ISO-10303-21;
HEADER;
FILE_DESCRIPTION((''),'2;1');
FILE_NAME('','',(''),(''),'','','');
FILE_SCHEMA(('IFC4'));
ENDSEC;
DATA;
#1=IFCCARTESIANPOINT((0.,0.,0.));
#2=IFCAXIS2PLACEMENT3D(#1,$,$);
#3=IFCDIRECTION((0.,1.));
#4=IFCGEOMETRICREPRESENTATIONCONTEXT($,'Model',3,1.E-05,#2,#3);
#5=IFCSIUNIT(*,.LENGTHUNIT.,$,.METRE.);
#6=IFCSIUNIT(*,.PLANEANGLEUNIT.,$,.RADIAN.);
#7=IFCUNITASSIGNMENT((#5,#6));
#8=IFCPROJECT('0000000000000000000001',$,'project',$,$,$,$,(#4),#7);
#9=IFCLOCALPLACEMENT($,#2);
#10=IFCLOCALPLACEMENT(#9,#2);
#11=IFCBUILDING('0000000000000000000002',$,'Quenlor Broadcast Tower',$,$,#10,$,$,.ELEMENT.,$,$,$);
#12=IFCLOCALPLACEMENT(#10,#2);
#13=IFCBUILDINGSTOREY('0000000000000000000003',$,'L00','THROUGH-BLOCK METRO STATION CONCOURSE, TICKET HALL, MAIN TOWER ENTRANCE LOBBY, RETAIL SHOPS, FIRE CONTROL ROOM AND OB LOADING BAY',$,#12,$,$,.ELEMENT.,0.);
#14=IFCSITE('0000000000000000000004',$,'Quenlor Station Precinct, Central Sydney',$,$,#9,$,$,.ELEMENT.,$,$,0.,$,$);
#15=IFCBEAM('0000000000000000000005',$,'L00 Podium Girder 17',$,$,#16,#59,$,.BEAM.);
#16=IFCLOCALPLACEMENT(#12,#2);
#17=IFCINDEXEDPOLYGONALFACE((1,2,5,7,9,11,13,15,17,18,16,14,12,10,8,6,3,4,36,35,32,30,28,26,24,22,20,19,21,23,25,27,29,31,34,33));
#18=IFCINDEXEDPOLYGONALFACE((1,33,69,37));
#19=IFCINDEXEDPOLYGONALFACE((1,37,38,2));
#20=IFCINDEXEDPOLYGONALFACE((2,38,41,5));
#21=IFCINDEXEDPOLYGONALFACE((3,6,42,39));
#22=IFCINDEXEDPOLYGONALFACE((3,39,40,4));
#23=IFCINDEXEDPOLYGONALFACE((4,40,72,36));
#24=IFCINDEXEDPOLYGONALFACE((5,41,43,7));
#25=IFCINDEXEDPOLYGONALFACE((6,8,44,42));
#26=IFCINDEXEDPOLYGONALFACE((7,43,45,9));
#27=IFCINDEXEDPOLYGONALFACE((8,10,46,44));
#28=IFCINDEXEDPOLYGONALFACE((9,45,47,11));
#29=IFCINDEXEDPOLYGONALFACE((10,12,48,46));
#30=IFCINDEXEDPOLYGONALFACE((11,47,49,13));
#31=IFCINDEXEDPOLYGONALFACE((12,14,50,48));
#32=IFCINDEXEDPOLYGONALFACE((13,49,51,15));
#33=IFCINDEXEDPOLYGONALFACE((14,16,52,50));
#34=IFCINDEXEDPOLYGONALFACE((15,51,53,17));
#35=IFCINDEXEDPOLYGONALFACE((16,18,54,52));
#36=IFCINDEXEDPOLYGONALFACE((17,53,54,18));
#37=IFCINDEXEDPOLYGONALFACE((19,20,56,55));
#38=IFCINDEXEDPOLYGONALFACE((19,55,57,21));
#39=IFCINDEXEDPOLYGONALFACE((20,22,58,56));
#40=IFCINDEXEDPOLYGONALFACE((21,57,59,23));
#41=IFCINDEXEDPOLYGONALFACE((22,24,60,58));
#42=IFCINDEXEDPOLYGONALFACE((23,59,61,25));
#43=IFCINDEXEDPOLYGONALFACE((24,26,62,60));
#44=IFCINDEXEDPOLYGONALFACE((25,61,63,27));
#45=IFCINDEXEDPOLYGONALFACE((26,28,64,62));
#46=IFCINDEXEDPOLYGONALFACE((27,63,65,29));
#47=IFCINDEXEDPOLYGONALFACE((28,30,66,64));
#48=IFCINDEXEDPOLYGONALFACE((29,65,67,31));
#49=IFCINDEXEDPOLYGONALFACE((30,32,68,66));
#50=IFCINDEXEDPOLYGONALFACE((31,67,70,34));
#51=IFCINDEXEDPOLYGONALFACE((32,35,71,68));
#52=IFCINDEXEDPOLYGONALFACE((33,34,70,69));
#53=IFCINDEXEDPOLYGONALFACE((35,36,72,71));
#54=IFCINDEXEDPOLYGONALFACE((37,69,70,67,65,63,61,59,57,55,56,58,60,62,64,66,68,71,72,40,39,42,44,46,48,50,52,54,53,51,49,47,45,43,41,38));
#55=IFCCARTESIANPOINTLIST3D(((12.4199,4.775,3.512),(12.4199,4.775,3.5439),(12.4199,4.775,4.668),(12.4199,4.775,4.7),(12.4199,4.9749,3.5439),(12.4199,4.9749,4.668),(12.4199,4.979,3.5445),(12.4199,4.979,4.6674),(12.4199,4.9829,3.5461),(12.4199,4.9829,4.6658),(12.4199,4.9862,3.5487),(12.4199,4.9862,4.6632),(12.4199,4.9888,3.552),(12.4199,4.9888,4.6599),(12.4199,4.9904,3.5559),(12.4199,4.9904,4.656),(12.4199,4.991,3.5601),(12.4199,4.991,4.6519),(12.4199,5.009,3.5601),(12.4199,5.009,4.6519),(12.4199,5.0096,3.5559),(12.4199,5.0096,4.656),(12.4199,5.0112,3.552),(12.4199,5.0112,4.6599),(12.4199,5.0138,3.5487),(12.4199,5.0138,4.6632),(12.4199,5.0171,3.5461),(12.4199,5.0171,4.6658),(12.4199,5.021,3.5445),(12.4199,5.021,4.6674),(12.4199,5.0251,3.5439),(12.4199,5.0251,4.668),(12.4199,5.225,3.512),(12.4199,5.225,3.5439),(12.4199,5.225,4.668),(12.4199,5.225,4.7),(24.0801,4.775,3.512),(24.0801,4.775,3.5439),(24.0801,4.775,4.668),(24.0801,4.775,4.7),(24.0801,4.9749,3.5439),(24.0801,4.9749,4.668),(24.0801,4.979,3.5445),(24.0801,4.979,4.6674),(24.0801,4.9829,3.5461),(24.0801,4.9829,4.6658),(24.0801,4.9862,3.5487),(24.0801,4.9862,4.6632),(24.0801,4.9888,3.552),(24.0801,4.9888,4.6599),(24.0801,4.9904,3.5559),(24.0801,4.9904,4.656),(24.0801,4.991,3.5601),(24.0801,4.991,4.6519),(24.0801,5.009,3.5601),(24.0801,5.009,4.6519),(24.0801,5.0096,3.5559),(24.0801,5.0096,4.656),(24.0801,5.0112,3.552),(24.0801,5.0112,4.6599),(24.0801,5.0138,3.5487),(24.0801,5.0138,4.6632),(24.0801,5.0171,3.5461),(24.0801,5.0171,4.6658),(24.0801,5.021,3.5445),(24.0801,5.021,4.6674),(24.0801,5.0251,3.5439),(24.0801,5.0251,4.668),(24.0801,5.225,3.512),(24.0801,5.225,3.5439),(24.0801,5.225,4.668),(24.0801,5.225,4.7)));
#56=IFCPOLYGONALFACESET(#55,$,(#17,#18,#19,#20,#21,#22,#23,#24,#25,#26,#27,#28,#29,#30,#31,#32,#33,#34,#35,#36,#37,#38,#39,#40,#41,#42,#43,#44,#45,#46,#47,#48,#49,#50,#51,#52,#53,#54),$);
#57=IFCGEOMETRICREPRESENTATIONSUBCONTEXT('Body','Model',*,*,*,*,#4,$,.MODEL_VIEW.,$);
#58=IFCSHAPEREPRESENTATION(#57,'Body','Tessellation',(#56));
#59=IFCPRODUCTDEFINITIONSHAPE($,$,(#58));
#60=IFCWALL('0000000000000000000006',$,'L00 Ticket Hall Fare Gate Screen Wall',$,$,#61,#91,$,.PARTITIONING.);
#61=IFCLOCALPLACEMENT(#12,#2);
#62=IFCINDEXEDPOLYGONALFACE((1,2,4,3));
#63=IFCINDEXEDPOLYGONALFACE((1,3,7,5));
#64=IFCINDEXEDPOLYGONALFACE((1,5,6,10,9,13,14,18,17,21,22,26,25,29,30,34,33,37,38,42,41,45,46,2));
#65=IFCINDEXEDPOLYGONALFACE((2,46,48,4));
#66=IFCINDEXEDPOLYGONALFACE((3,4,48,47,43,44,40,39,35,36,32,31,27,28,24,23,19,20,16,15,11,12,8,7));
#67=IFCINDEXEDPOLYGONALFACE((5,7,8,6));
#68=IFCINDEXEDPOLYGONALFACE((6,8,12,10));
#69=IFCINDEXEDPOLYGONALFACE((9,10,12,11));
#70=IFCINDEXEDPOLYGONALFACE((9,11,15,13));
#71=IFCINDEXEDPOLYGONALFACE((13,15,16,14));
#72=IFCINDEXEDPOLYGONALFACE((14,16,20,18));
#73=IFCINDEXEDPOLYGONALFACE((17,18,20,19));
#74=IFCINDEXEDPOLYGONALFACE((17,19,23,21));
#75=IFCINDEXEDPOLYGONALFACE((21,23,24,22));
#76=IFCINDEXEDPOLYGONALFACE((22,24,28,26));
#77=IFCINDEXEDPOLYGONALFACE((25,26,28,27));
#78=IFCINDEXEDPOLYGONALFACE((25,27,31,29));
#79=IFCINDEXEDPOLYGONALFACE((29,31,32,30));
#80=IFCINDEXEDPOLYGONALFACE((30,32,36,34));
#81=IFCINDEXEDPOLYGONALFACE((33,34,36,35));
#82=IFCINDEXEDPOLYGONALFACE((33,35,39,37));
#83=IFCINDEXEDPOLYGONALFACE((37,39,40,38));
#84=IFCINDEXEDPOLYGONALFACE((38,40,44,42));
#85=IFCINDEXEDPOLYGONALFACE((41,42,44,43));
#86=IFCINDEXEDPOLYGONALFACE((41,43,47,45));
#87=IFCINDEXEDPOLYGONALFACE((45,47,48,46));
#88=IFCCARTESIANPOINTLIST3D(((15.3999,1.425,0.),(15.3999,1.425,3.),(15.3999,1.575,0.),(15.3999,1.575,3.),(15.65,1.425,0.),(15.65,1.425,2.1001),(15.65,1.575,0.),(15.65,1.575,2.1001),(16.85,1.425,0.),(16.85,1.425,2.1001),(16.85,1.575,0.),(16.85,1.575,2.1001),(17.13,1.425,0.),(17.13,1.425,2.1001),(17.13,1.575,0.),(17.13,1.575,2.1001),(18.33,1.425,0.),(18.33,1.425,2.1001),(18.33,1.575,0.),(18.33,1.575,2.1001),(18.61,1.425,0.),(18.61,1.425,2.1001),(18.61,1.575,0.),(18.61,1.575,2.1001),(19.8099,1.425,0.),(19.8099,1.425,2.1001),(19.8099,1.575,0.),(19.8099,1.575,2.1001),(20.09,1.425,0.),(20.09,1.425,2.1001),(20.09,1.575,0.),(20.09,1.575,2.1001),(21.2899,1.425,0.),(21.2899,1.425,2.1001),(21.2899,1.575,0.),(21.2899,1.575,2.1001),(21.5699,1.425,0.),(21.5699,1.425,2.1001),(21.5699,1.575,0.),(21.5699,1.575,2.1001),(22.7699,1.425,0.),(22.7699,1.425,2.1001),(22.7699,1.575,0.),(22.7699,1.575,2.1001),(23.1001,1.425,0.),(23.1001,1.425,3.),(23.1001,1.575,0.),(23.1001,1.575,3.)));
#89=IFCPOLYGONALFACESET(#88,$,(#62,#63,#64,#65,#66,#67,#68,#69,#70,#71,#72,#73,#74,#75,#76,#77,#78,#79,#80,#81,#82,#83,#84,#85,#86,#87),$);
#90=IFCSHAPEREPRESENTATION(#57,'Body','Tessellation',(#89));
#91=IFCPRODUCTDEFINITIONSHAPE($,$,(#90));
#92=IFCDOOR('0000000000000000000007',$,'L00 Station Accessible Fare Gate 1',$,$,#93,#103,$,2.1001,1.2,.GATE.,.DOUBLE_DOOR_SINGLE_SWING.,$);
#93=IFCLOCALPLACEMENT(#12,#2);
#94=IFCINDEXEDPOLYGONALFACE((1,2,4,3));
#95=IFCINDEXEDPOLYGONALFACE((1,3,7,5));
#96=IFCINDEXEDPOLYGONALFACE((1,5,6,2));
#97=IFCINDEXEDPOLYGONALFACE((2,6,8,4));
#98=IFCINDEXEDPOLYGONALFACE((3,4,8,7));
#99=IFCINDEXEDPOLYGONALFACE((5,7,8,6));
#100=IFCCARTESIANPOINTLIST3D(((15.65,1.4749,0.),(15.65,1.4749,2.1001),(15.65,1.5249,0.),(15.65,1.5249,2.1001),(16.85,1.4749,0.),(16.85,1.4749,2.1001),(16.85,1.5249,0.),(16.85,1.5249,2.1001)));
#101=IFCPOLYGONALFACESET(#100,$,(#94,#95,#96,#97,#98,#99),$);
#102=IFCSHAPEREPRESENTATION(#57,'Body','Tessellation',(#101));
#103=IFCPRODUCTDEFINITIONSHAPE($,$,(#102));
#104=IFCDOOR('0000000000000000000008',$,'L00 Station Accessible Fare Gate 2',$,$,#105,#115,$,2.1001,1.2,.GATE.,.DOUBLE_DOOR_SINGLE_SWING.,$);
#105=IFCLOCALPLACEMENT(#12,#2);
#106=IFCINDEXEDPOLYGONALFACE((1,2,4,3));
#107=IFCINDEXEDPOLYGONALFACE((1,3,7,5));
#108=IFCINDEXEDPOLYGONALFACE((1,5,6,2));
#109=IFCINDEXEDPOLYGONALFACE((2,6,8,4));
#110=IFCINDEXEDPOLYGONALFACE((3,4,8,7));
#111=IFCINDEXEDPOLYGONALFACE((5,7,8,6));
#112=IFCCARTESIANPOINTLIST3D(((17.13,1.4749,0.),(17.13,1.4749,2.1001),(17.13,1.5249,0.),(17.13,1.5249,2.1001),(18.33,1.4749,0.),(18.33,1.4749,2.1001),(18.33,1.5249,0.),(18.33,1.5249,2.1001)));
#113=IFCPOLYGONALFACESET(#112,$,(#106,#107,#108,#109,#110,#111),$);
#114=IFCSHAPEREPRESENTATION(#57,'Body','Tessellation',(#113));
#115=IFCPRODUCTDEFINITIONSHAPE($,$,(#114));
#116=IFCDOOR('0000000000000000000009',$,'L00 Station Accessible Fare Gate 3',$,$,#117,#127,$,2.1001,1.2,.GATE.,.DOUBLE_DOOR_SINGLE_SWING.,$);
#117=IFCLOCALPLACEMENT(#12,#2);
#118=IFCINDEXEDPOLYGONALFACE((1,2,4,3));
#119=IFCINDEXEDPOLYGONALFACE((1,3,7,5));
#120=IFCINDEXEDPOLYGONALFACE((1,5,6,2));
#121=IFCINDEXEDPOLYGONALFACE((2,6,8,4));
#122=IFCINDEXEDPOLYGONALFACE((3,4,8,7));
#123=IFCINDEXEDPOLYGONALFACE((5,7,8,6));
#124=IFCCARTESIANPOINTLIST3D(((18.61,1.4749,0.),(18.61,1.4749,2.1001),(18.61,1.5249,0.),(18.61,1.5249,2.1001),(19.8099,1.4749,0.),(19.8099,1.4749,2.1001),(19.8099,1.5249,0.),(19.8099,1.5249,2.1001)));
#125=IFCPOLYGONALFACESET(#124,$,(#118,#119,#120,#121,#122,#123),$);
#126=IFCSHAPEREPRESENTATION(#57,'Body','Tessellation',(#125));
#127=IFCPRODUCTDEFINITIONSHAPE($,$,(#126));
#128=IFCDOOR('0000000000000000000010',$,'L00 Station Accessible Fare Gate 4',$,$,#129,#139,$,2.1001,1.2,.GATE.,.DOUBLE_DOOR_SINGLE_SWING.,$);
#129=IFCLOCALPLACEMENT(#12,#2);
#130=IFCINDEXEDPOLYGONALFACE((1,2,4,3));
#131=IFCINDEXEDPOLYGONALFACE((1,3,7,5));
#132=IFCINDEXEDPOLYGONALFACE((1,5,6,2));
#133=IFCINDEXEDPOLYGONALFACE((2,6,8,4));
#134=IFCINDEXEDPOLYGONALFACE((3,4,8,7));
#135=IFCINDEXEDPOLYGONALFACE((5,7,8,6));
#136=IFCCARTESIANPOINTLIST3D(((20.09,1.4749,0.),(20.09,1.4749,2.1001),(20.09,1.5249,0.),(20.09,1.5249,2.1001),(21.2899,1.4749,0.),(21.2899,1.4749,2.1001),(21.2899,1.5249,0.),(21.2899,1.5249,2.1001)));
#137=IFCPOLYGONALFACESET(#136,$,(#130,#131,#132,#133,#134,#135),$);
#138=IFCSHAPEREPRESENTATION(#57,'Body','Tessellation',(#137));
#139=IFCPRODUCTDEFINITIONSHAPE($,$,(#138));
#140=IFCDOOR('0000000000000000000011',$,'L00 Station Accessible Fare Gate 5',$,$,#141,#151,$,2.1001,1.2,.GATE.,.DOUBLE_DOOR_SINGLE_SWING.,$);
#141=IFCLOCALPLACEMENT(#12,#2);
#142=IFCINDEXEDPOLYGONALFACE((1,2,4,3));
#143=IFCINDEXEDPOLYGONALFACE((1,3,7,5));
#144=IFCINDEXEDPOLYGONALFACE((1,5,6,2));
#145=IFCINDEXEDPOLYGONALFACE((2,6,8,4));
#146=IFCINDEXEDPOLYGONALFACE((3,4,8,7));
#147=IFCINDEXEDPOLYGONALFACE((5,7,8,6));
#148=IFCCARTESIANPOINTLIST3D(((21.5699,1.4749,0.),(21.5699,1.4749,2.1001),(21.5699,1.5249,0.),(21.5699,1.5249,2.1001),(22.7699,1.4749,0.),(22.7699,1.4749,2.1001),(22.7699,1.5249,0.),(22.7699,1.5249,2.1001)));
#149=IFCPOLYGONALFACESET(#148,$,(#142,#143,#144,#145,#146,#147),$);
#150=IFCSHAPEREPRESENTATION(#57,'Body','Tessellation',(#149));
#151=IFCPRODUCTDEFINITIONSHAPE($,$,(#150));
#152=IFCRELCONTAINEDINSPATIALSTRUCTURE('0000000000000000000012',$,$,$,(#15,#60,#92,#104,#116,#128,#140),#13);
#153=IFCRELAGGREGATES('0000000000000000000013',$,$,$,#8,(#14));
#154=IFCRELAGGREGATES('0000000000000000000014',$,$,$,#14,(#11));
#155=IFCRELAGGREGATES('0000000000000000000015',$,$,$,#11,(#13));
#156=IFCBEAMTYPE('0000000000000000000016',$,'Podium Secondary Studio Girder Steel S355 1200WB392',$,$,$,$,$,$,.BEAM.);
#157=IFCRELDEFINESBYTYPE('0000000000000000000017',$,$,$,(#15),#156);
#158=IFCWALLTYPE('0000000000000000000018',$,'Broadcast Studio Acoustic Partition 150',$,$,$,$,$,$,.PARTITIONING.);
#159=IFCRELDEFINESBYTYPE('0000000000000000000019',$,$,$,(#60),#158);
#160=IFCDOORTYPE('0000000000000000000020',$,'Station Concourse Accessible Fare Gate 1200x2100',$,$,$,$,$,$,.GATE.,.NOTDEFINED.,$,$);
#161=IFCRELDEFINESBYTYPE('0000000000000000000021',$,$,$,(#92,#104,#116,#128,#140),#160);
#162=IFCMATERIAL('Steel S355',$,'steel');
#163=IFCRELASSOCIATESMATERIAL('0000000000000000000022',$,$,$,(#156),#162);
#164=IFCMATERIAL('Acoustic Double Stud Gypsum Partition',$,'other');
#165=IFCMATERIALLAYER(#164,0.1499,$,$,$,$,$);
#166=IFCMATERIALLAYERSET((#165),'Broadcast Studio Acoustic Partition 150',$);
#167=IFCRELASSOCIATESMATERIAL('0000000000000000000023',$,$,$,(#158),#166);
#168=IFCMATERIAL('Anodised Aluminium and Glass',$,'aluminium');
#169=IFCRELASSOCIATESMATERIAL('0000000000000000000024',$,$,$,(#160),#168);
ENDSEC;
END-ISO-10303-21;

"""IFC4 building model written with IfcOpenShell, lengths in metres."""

from ifc_helpers import new_model, si_unit, direction, frame, frame_2d, origin, origin_2d, place, context, subcontext, project, spatial, rectangle, i_section, extrude, material, layer, layer_set, material_profile, profile_set, type_object, element, fill, save


model = new_model("IFC4")

# Units and contexts
model_context = context("Model", 3, precision=1e-05, world=origin(), true_north=direction((0.0, 1.0)))
body_context = subcontext(model_context, "Body", "Model", "MODEL_VIEW")
ifc_project = project(units=[si_unit("LENGTHUNIT", "METRE"), si_unit("PLANEANGLEUNIT", "RADIAN")], contexts=[model_context])

# Site, building, storey
site_placement = place(None, origin())
site = spatial("IfcSite", under=ifc_project, at=site_placement, Name="Quenlor Station Precinct, Central Sydney", CompositionType="ELEMENT", RefElevation=0.0)
building_placement = place(site_placement, origin())
building = spatial("IfcBuilding", under=site, at=building_placement, Name="Quenlor Broadcast Tower", CompositionType="ELEMENT")
storey_placement = place(building_placement, origin())
storey = spatial("IfcBuildingStorey", under=building, at=storey_placement, Name="L00", Description="THROUGH-BLOCK METRO STATION CONCOURSE, TICKET HALL, MAIN TOWER ENTRANCE LOBBY, RETAIL SHOPS, FIRE CONTROL ROOM AND OB LOADING BAY", CompositionType="ELEMENT", Elevation=0.0)

# Beam
ifc_material_1 = material(Name="Steel S355", Category="steel")
ifc_material_profile_1 = material_profile(ifc_material_1, i_section(OverallWidth=0.45, OverallDepth=1.188, WebThickness=0.0181, FlangeThickness=0.032, FilletRadius=0.0161, at=origin_2d()))
ifc_profile_set_1 = profile_set([ifc_material_profile_1], Name="Steel S355 1200WB392")
beam_type_1 = type_object("IfcBeamType", Name="Podium Secondary Studio Girder Steel S355 1200WB392", PredefinedType="BEAM", material=ifc_profile_set_1)
beam_1_placement = place(storey_placement, frame((12.4199, 5.0, 4.106), z_axis=(1.0, 0.0, 0.0), x_axis=(0.0, 1.0, 0.0)))
element("IfcBeam", 1, at=beam_1_placement, inside=storey, type_object=beam_type_1, Name="L00 Podium Girder 17", PredefinedType="BEAM", context=body_context, shape_type="SweptSolid", body=[
    extrude(i_section(OverallWidth=0.45, OverallDepth=1.188, WebThickness=0.0181, FlangeThickness=0.032, FilletRadius=0.0161, at=origin_2d()), origin(), (0.0, 0.0, 1.0), 11.6602),
])

# Wall, openings, doors
ifc_material_2 = material(Name="Acoustic Double Stud Gypsum Partition", Category="other")
ifc_layer_1 = layer(ifc_material_2, 0.1499)
ifc_layer_set_1 = layer_set([ifc_layer_1], Name="Broadcast Studio Acoustic Partition 150")
wall_type = type_object("IfcWallType", Name="Broadcast Studio Acoustic Partition 150", PredefinedType="PARTITIONING", material=ifc_layer_set_1)
wall_placement = place(storey_placement, frame((15.3999, 1.5, 0.0), z_axis=(0.0, 0.0, 1.0), x_axis=(1.0, 0.0, 0.0)))
wall = element("IfcWall", 2, at=wall_placement, inside=storey, type_object=wall_type, Name="L00 Ticket Hall Fare Gate Screen Wall", PredefinedType="PARTITIONING", context=body_context, shape_type="SweptSolid", body=[
    extrude(rectangle(XDim=7.7002, YDim=0.1499, at=frame_2d((3.8501, 0.0))), origin(), (0.0, 0.0, 1.0), 3.0),
])
opening_1_placement = place(wall_placement, frame((0.25, 0.0, 0.0)))
opening_1 = element("IfcOpeningElement", 3, at=opening_1_placement, cuts=wall, PredefinedType="OPENING", context=body_context, shape_type="SweptSolid", body=[
    extrude(rectangle(XDim=1.2, YDim=2.1001, at=frame_2d((0.6001, 1.05))), frame((0.0, 0.085, 0.0), z_axis=(0.0, -1.0, 0.0), x_axis=(1.0, 0.0, 0.0)), (0.0, 0.0, 1.0), 0.1699),
])
opening_2_placement = place(wall_placement, frame((1.73, 0.0, 0.0)))
opening_2 = element("IfcOpeningElement", 4, at=opening_2_placement, cuts=wall, PredefinedType="OPENING", context=body_context, shape_type="SweptSolid", body=[
    extrude(rectangle(XDim=1.2, YDim=2.1001, at=frame_2d((0.6001, 1.05))), frame((0.0, 0.085, 0.0), z_axis=(0.0, -1.0, 0.0), x_axis=(1.0, 0.0, 0.0)), (0.0, 0.0, 1.0), 0.1699),
])
opening_3_placement = place(wall_placement, frame((3.21, 0.0, 0.0)))
opening_3 = element("IfcOpeningElement", 5, at=opening_3_placement, cuts=wall, PredefinedType="OPENING", context=body_context, shape_type="SweptSolid", body=[
    extrude(rectangle(XDim=1.2, YDim=2.1001, at=frame_2d((0.6001, 1.05))), frame((0.0, 0.085, 0.0), z_axis=(0.0, -1.0, 0.0), x_axis=(1.0, 0.0, 0.0)), (0.0, 0.0, 1.0), 0.1699),
])
opening_4_placement = place(wall_placement, frame((4.6899, 0.0, 0.0)))
opening_4 = element("IfcOpeningElement", 6, at=opening_4_placement, cuts=wall, PredefinedType="OPENING", context=body_context, shape_type="SweptSolid", body=[
    extrude(rectangle(XDim=1.2, YDim=2.1001, at=frame_2d((0.6001, 1.05))), frame((0.0, 0.085, 0.0), z_axis=(0.0, -1.0, 0.0), x_axis=(1.0, 0.0, 0.0)), (0.0, 0.0, 1.0), 0.1699),
])
opening_5_placement = place(wall_placement, frame((6.1699, 0.0, 0.0)))
opening_5 = element("IfcOpeningElement", 7, at=opening_5_placement, cuts=wall, PredefinedType="OPENING", context=body_context, shape_type="SweptSolid", body=[
    extrude(rectangle(XDim=1.2, YDim=2.1001, at=frame_2d((0.6001, 1.05))), frame((0.0, 0.085, 0.0), z_axis=(0.0, -1.0, 0.0), x_axis=(1.0, 0.0, 0.0)), (0.0, 0.0, 1.0), 0.1699),
])
ifc_material_3 = material(Name="Anodised Aluminium and Glass", Category="aluminium")
door_type = type_object("IfcDoorType", Name="Station Concourse Accessible Fare Gate 1200x2100", OperationType="NOTDEFINED", PredefinedType="GATE", material=ifc_material_3)
door_1_placement = place(opening_1_placement, origin())
door_1 = element("IfcDoor", 8, at=door_1_placement, inside=storey, type_object=door_type, Name="L00 Station Accessible Fare Gate 1", OperationType="DOUBLE_DOOR_SINGLE_SWING", OverallHeight=2.1001, OverallWidth=1.2, PredefinedType="GATE", context=body_context, shape_type="SweptSolid", body=[
    extrude(rectangle(XDim=1.2, YDim=2.1001, at=frame_2d((0.6001, 1.05))), frame((0.0, 0.0249, 0.0), z_axis=(0.0, -1.0, 0.0), x_axis=(1.0, 0.0, 0.0)), (0.0, 0.0, 1.0), 0.05),
])
fill(opening_1, door_1)
door_2_placement = place(opening_2_placement, origin())
door_2 = element("IfcDoor", 9, at=door_2_placement, inside=storey, type_object=door_type, Name="L00 Station Accessible Fare Gate 2", OperationType="DOUBLE_DOOR_SINGLE_SWING", OverallHeight=2.1001, OverallWidth=1.2, PredefinedType="GATE", context=body_context, shape_type="SweptSolid", body=[
    extrude(rectangle(XDim=1.2, YDim=2.1001, at=frame_2d((0.6001, 1.05))), frame((0.0, 0.0249, 0.0), z_axis=(0.0, -1.0, 0.0), x_axis=(1.0, 0.0, 0.0)), (0.0, 0.0, 1.0), 0.05),
])
fill(opening_2, door_2)
door_3_placement = place(opening_3_placement, origin())
door_3 = element("IfcDoor", 10, at=door_3_placement, inside=storey, type_object=door_type, Name="L00 Station Accessible Fare Gate 3", OperationType="DOUBLE_DOOR_SINGLE_SWING", OverallHeight=2.1001, OverallWidth=1.2, PredefinedType="GATE", context=body_context, shape_type="SweptSolid", body=[
    extrude(rectangle(XDim=1.2, YDim=2.1001, at=frame_2d((0.6001, 1.05))), frame((0.0, 0.0249, 0.0), z_axis=(0.0, -1.0, 0.0), x_axis=(1.0, 0.0, 0.0)), (0.0, 0.0, 1.0), 0.05),
])
fill(opening_3, door_3)
door_4_placement = place(opening_4_placement, origin())
door_4 = element("IfcDoor", 11, at=door_4_placement, inside=storey, type_object=door_type, Name="L00 Station Accessible Fare Gate 4", OperationType="DOUBLE_DOOR_SINGLE_SWING", OverallHeight=2.1001, OverallWidth=1.2, PredefinedType="GATE", context=body_context, shape_type="SweptSolid", body=[
    extrude(rectangle(XDim=1.2, YDim=2.1001, at=frame_2d((0.6001, 1.05))), frame((0.0, 0.0249, 0.0), z_axis=(0.0, -1.0, 0.0), x_axis=(1.0, 0.0, 0.0)), (0.0, 0.0, 1.0), 0.05),
])
fill(opening_4, door_4)
door_5_placement = place(opening_5_placement, origin())
door_5 = element("IfcDoor", 12, at=door_5_placement, inside=storey, type_object=door_type, Name="L00 Station Accessible Fare Gate 5", OperationType="DOUBLE_DOOR_SINGLE_SWING", OverallHeight=2.1001, OverallWidth=1.2, PredefinedType="GATE", context=body_context, shape_type="SweptSolid", body=[
    extrude(rectangle(XDim=1.2, YDim=2.1001, at=frame_2d((0.6001, 1.05))), frame((0.0, 0.0249, 0.0), z_axis=(0.0, -1.0, 0.0), x_axis=(1.0, 0.0, 0.0)), (0.0, 0.0, 1.0), 0.05),
])
fill(opening_5, door_5)

save(model, "model.ifc")
